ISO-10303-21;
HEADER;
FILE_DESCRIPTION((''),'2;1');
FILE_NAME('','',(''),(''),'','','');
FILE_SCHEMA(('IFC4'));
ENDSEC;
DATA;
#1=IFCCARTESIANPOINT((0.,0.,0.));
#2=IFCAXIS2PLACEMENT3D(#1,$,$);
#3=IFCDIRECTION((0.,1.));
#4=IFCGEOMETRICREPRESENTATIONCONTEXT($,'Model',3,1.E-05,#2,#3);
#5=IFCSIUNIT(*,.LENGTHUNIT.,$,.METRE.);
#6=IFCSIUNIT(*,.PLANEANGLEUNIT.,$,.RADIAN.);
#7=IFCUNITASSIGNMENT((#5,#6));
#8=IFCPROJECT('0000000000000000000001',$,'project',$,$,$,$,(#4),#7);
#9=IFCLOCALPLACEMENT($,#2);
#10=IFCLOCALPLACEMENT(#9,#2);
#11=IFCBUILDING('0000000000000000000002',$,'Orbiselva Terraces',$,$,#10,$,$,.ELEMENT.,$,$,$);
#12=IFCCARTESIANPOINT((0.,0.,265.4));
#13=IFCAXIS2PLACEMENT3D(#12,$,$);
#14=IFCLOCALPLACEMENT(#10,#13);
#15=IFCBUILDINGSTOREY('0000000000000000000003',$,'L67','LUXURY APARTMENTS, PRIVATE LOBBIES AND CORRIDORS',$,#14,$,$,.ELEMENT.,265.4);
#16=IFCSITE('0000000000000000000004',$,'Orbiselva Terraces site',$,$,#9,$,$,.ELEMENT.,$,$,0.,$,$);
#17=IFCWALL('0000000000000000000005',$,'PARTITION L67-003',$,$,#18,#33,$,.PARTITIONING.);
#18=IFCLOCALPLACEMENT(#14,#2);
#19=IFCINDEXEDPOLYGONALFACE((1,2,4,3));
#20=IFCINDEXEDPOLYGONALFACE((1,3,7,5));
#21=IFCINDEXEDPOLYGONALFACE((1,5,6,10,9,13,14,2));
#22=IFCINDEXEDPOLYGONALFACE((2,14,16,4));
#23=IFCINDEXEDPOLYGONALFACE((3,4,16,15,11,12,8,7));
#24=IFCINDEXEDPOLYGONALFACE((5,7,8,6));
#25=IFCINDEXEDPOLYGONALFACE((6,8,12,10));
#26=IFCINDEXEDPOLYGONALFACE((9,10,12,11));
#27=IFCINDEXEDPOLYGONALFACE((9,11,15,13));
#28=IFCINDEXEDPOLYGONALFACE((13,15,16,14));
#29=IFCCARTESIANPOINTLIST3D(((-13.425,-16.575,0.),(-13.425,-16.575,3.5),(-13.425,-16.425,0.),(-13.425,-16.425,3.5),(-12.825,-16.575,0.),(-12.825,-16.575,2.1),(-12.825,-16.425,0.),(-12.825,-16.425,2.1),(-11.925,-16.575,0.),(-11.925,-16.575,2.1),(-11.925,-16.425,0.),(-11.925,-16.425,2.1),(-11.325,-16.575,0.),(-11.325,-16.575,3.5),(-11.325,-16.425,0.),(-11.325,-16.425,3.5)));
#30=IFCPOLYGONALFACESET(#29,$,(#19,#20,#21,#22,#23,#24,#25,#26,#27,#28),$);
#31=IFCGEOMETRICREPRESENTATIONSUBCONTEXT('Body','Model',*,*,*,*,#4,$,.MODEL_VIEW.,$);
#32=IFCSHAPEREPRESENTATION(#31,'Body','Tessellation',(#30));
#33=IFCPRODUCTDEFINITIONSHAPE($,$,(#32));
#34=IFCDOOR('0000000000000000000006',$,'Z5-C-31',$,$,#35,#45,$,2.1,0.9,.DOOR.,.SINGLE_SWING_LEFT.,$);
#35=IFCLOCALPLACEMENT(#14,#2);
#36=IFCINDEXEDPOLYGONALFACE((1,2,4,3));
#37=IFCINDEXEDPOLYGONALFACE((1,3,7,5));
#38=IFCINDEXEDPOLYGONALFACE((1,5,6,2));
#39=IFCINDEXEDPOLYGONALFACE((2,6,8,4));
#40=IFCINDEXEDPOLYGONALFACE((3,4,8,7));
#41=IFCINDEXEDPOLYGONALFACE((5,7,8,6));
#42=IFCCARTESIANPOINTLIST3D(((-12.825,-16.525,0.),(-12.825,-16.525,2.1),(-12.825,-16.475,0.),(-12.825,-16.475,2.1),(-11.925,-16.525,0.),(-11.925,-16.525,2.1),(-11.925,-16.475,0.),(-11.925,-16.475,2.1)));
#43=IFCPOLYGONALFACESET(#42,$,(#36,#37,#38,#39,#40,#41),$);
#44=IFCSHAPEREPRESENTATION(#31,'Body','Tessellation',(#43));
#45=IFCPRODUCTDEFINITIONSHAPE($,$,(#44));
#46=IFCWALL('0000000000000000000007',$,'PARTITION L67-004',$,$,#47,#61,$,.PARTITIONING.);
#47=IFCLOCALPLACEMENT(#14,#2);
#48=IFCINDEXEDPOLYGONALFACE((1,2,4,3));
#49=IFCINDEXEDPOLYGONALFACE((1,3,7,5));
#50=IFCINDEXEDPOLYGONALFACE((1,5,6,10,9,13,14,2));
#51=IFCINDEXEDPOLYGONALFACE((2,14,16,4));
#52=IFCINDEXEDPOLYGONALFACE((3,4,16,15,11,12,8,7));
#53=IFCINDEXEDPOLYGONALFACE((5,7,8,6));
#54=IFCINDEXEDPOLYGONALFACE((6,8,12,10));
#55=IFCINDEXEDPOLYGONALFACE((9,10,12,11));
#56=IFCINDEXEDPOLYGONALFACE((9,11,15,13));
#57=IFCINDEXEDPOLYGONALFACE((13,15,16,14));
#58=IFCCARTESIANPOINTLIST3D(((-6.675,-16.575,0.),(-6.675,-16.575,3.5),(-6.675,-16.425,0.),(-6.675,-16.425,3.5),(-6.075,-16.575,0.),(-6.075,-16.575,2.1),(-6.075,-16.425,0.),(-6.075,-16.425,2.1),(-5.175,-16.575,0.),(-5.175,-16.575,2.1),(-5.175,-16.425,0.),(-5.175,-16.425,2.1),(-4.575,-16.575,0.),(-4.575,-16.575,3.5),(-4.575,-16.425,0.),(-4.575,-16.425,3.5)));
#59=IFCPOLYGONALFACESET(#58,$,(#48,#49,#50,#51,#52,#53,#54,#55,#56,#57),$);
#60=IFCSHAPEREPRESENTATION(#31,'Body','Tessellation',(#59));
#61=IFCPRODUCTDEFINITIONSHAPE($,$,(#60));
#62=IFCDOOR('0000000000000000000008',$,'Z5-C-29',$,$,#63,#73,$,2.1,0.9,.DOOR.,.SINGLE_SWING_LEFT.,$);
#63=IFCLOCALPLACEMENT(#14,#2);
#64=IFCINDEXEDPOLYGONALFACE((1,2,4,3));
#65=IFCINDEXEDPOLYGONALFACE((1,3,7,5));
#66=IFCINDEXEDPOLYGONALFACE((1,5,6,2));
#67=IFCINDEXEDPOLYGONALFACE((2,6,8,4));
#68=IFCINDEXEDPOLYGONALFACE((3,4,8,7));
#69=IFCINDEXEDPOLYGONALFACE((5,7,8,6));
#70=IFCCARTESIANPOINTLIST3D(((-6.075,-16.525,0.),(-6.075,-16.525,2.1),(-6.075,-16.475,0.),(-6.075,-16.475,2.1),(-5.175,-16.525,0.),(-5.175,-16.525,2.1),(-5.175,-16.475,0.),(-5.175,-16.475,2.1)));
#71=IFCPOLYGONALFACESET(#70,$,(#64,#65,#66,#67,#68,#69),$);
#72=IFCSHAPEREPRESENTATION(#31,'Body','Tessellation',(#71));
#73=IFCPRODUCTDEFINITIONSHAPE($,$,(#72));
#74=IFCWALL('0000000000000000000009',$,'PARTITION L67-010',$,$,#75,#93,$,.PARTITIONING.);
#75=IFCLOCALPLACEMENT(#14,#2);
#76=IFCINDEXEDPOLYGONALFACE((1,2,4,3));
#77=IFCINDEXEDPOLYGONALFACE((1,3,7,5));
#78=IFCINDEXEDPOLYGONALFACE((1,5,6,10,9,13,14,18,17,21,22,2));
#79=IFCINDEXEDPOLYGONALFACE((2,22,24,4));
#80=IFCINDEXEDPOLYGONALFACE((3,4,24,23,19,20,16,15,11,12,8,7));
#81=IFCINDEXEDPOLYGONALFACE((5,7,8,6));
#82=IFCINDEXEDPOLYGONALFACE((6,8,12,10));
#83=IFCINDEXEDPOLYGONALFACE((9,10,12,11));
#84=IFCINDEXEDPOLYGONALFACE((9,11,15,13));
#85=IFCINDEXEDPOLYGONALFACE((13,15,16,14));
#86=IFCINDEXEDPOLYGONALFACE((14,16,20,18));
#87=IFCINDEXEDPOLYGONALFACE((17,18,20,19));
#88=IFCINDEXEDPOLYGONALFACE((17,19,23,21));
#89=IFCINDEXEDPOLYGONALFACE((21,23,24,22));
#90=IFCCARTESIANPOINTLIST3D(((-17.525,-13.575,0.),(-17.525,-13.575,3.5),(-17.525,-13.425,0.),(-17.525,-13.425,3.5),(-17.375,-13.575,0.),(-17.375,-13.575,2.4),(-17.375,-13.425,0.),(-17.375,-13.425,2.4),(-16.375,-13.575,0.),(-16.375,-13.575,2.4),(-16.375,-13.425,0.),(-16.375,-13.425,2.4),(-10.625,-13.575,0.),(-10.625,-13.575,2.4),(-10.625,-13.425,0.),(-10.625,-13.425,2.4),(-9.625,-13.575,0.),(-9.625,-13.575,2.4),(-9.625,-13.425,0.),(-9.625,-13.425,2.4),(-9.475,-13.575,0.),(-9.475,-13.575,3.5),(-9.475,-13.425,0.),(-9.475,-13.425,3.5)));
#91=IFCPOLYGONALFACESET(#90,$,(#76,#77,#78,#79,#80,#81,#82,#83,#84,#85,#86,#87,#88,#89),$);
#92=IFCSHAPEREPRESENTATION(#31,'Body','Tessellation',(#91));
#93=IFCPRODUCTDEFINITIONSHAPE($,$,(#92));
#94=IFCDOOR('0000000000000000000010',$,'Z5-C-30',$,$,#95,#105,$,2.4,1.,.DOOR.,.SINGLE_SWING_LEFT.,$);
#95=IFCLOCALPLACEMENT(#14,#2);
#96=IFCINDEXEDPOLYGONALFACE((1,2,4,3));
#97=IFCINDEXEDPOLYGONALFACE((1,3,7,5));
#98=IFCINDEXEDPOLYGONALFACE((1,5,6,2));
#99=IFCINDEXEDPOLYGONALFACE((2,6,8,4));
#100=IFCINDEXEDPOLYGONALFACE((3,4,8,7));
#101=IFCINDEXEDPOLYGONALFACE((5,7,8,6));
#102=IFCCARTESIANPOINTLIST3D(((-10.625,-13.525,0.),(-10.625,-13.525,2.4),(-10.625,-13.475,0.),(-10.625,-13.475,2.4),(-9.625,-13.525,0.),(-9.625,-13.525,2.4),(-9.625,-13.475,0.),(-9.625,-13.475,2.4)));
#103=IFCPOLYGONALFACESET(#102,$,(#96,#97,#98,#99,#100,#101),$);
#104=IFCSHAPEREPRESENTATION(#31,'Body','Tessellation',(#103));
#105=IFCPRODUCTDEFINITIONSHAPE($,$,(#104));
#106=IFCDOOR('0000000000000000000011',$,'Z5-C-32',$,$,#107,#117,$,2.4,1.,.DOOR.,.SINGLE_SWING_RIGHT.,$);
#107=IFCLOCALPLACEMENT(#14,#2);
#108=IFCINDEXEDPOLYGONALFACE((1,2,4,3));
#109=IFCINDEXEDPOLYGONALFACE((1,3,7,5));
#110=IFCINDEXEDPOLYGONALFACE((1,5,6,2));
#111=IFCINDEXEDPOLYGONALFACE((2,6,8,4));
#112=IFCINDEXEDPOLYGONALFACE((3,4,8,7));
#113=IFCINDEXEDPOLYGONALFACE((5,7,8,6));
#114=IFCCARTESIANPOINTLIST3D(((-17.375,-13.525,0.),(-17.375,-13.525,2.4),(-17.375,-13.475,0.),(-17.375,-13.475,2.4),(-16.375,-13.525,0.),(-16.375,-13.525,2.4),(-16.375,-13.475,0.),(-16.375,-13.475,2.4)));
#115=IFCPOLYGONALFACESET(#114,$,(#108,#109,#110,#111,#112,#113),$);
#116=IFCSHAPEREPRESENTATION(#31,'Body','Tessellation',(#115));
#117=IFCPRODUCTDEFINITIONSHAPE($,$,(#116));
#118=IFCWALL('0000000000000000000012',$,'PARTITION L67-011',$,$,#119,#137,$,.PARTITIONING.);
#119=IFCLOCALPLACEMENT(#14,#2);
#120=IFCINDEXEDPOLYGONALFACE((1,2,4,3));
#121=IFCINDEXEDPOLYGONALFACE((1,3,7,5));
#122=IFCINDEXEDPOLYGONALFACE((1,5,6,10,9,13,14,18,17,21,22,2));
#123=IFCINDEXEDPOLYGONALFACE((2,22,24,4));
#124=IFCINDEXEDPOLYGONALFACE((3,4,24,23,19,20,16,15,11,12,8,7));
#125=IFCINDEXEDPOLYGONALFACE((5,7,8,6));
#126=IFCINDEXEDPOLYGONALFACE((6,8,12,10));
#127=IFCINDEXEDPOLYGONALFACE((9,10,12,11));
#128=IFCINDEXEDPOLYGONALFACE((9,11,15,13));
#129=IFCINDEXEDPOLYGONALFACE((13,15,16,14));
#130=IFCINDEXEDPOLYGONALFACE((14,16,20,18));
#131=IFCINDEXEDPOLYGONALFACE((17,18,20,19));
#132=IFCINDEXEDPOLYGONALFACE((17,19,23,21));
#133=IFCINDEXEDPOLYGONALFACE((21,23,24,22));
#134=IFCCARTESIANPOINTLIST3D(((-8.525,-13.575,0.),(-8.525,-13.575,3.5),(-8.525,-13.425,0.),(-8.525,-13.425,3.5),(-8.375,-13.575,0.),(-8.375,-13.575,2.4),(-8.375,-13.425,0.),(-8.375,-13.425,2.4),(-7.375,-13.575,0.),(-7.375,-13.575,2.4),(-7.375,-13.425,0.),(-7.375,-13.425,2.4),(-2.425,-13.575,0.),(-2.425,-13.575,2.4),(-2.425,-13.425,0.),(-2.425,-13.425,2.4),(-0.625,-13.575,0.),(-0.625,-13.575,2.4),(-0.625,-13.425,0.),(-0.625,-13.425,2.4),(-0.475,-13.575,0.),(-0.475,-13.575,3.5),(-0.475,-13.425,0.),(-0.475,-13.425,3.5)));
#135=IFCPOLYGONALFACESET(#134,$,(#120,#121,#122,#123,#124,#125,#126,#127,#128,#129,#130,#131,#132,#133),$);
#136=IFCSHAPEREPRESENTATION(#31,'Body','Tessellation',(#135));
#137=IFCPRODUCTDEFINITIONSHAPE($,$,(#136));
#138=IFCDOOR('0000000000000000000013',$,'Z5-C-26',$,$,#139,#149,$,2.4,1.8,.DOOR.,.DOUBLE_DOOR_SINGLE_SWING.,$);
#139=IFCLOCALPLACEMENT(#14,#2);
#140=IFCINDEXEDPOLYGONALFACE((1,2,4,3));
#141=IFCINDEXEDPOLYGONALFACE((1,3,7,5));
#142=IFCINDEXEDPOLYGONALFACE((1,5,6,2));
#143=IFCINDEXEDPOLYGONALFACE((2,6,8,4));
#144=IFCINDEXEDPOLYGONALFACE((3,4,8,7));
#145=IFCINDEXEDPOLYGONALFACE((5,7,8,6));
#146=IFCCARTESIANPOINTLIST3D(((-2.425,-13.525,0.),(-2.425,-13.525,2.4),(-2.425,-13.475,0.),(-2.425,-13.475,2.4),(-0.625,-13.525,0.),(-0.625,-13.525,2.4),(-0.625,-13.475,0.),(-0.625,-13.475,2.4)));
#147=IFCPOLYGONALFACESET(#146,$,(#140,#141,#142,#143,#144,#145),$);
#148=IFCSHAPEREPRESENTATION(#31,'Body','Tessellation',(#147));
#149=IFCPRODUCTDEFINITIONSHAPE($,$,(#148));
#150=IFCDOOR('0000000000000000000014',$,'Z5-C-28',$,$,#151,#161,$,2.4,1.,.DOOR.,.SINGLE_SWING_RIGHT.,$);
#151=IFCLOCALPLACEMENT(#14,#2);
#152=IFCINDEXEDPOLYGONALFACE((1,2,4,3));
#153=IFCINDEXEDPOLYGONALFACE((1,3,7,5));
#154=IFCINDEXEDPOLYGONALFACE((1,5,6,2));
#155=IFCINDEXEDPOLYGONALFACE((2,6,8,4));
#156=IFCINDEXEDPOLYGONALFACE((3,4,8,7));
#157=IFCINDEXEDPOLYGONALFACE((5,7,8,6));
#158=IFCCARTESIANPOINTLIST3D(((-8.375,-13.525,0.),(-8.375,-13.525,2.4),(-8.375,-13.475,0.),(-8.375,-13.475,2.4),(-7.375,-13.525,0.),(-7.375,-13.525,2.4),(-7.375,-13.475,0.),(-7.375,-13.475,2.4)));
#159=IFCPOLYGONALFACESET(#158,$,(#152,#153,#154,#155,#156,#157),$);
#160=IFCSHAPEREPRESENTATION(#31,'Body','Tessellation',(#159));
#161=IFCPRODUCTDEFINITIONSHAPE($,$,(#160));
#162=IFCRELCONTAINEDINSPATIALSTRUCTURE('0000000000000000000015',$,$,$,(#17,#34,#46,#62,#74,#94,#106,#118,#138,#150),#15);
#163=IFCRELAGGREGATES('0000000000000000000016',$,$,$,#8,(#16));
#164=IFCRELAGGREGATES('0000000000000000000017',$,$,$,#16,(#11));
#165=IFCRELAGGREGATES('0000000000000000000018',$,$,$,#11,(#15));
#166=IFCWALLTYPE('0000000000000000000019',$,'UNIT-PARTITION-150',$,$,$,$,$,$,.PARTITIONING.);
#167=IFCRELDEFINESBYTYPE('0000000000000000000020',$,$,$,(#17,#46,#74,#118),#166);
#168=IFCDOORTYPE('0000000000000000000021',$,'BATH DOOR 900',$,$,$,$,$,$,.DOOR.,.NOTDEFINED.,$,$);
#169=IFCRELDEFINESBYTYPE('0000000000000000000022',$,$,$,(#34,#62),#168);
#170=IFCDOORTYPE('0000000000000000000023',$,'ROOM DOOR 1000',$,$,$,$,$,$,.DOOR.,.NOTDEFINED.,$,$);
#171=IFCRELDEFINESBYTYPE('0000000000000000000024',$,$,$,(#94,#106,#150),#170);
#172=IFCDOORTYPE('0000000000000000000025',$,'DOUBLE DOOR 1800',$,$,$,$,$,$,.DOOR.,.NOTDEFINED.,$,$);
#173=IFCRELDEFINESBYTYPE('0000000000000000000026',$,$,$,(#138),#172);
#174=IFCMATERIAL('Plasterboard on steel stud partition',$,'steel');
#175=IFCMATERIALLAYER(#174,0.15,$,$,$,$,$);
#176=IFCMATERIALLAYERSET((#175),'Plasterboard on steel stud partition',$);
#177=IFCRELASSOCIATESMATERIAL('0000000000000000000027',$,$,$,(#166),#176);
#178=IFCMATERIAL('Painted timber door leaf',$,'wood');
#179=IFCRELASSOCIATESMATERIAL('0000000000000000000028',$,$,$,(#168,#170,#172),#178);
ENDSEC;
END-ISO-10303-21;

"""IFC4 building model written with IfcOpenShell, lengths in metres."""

from ifc_helpers import new_model, si_unit, direction, frame, frame_2d, origin, place, context, subcontext, project, spatial, rectangle, extrude, material, layer, layer_set, type_object, element, fill, save


model = new_model("IFC4")

# Units and contexts
model_context = context("Model", 3, precision=1e-05, world=origin(), true_north=direction((0.0, 1.0)))
body_context = subcontext(model_context, "Body", "Model", "MODEL_VIEW")
ifc_project = project(units=[si_unit("LENGTHUNIT", "METRE"), si_unit("PLANEANGLEUNIT", "RADIAN")], contexts=[model_context])

# Site, building, storey
site_placement = place(None, origin())
site = spatial("IfcSite", under=ifc_project, at=site_placement, Name="Orbiselva Terraces site", CompositionType="ELEMENT", RefElevation=0.0)
building_placement = place(site_placement, origin())
building = spatial("IfcBuilding", under=site, at=building_placement, Name="Orbiselva Terraces", CompositionType="ELEMENT")
storey_placement = place(building_placement, frame((0.0, 0.0, 265.4)))
storey = spatial("IfcBuildingStorey", under=building, at=storey_placement, Name="L67", Description="LUXURY APARTMENTS, PRIVATE LOBBIES AND CORRIDORS", CompositionType="ELEMENT", Elevation=265.4)

# Walls, openings, doors
ifc_material_1 = material(Name="Plasterboard on steel stud partition", Category="steel")
ifc_layer_1 = layer(ifc_material_1, 0.15)
ifc_layer_set_1 = layer_set([ifc_layer_1], Name="Plasterboard on steel stud partition")
wall_type_1 = type_object("IfcWallType", Name="UNIT-PARTITION-150", PredefinedType="PARTITIONING", material=ifc_layer_set_1)
wall_1_placement = place(storey_placement, frame((-13.425, -16.5, 0.0), z_axis=(0.0, 0.0, 1.0), x_axis=(1.0, 0.0, 0.0)))
wall_1 = element("IfcWall", 1, at=wall_1_placement, inside=storey, type_object=wall_type_1, Name="PARTITION L67-003", PredefinedType="PARTITIONING", context=body_context, shape_type="SweptSolid", body=[
    extrude(rectangle(XDim=2.1, YDim=0.15, at=frame_2d((1.05, 0.0))), origin(), (0.0, 0.0, 1.0), 3.5),
])
opening_1_placement = place(wall_1_placement, frame((0.6, 0.0, 0.0)))
opening_1 = element("IfcOpeningElement", 2, at=opening_1_placement, cuts=wall_1, PredefinedType="OPENING", context=body_context, shape_type="SweptSolid", body=[
    extrude(rectangle(XDim=0.9, YDim=2.1, at=frame_2d((0.45, 1.05))), frame((0.0, 0.085, 0.0), z_axis=(0.0, -1.0, 0.0), x_axis=(1.0, 0.0, 0.0)), (0.0, 0.0, 1.0), 0.17),
])
ifc_material_2 = material(Name="Painted timber door leaf", Category="wood")
door_type_1 = type_object("IfcDoorType", Name="BATH DOOR 900", OperationType="NOTDEFINED", PredefinedType="DOOR", material=ifc_material_2)
door_1_placement = place(opening_1_placement, origin())
door_1 = element("IfcDoor", 3, at=door_1_placement, inside=storey, type_object=door_type_1, Name="Z5-C-31", OperationType="SINGLE_SWING_LEFT", OverallHeight=2.1, OverallWidth=0.9, PredefinedType="DOOR", context=body_context, shape_type="SweptSolid", body=[
    extrude(rectangle(XDim=0.9, YDim=2.1, at=frame_2d((0.45, 1.05))), frame((0.0, 0.025, 0.0), z_axis=(0.0, -1.0, 0.0), x_axis=(1.0, 0.0, 0.0)), (0.0, 0.0, 1.0), 0.05),
])
fill(opening_1, door_1)
wall_2_placement = place(storey_placement, frame((-6.675, -16.5, 0.0), z_axis=(0.0, 0.0, 1.0), x_axis=(1.0, 0.0, 0.0)))
wall_2 = element("IfcWall", 4, at=wall_2_placement, inside=storey, type_object=wall_type_1, Name="PARTITION L67-004", PredefinedType="PARTITIONING", context=body_context, shape_type="SweptSolid", body=[
    extrude(rectangle(XDim=2.1, YDim=0.15, at=frame_2d((1.05, 0.0))), origin(), (0.0, 0.0, 1.0), 3.5),
])
opening_2_placement = place(wall_2_placement, frame((0.6, 0.0, 0.0)))
opening_2 = element("IfcOpeningElement", 5, at=opening_2_placement, cuts=wall_2, PredefinedType="OPENING", context=body_context, shape_type="SweptSolid", body=[
    extrude(rectangle(XDim=0.9, YDim=2.1, at=frame_2d((0.45, 1.05))), frame((0.0, 0.085, 0.0), z_axis=(0.0, -1.0, 0.0), x_axis=(1.0, 0.0, 0.0)), (0.0, 0.0, 1.0), 0.17),
])
door_2_placement = place(opening_2_placement, origin())
door_2 = element("IfcDoor", 6, at=door_2_placement, inside=storey, type_object=door_type_1, Name="Z5-C-29", OperationType="SINGLE_SWING_LEFT", OverallHeight=2.1, OverallWidth=0.9, PredefinedType="DOOR", context=body_context, shape_type="SweptSolid", body=[
    extrude(rectangle(XDim=0.9, YDim=2.1, at=frame_2d((0.45, 1.05))), frame((0.0, 0.025, 0.0), z_axis=(0.0, -1.0, 0.0), x_axis=(1.0, 0.0, 0.0)), (0.0, 0.0, 1.0), 0.05),
])
fill(opening_2, door_2)

# Walls, openings, doors
wall_3_placement = place(storey_placement, frame((-9.475, -13.5, 0.0), z_axis=(0.0, 0.0, 1.0), x_axis=(-1.0, 0.0, 0.0)))
wall_3 = element("IfcWall", 7, at=wall_3_placement, inside=storey, type_object=wall_type_1, Name="PARTITION L67-010", PredefinedType="PARTITIONING", context=body_context, shape_type="SweptSolid", body=[
    extrude(rectangle(XDim=8.05, YDim=0.15, at=frame_2d((4.025, 0.0))), origin(), (0.0, 0.0, 1.0), 3.5),
])
opening_3_placement = place(wall_3_placement, frame((0.15, 0.0, 0.0)))
opening_3 = element("IfcOpeningElement", 8, at=opening_3_placement, cuts=wall_3, PredefinedType="OPENING", context=body_context, shape_type="SweptSolid", body=[
    extrude(rectangle(XDim=1.0, YDim=2.4, at=frame_2d((0.5, 1.2))), frame((0.0, 0.085, 0.0), z_axis=(0.0, -1.0, 0.0), x_axis=(1.0, 0.0, 0.0)), (0.0, 0.0, 1.0), 0.17),
])
opening_4_placement = place(wall_3_placement, frame((6.9, 0.0, 0.0)))
opening_4 = element("IfcOpeningElement", 9, at=opening_4_placement, cuts=wall_3, PredefinedType="OPENING", context=body_context, shape_type="SweptSolid", body=[
    extrude(rectangle(XDim=1.0, YDim=2.4, at=frame_2d((0.5, 1.2))), frame((0.0, 0.085, 0.0), z_axis=(0.0, -1.0, 0.0), x_axis=(1.0, 0.0, 0.0)), (0.0, 0.0, 1.0), 0.17),
])
door_type_2 = type_object("IfcDoorType", Name="ROOM DOOR 1000", OperationType="NOTDEFINED", PredefinedType="DOOR", material=ifc_material_2)
door_3_placement = place(opening_3_placement, origin())
door_3 = element("IfcDoor", 10, at=door_3_placement, inside=storey, type_object=door_type_2, Name="Z5-C-30", OperationType="SINGLE_SWING_LEFT", OverallHeight=2.4, OverallWidth=1.0, PredefinedType="DOOR", context=body_context, shape_type="SweptSolid", body=[
    extrude(rectangle(XDim=1.0, YDim=2.4, at=frame_2d((0.5, 1.2))), frame((0.0, 0.025, 0.0), z_axis=(0.0, -1.0, 0.0), x_axis=(1.0, 0.0, 0.0)), (0.0, 0.0, 1.0), 0.05),
])
fill(opening_3, door_3)
door_4_placement = place(opening_4_placement, origin())
door_4 = element("IfcDoor", 11, at=door_4_placement, inside=storey, type_object=door_type_2, Name="Z5-C-32", OperationType="SINGLE_SWING_RIGHT", OverallHeight=2.4, OverallWidth=1.0, PredefinedType="DOOR", context=body_context, shape_type="SweptSolid", body=[
    extrude(rectangle(XDim=1.0, YDim=2.4, at=frame_2d((0.5, 1.2))), frame((0.0, 0.025, 0.0), z_axis=(0.0, -1.0, 0.0), x_axis=(1.0, 0.0, 0.0)), (0.0, 0.0, 1.0), 0.05),
])
fill(opening_4, door_4)
wall_4_placement = place(storey_placement, frame((-0.475, -13.5, 0.0), z_axis=(0.0, 0.0, 1.0), x_axis=(-1.0, 0.0, 0.0)))
wall_4 = element("IfcWall", 12, at=wall_4_placement, inside=storey, type_object=wall_type_1, Name="PARTITION L67-011", PredefinedType="PARTITIONING", context=body_context, shape_type="SweptSolid", body=[
    extrude(rectangle(XDim=8.05, YDim=0.15, at=frame_2d((4.025, 0.0))), origin(), (0.0, 0.0, 1.0), 3.5),
])
opening_5_placement = place(wall_4_placement, frame((0.15, 0.0, 0.0)))
opening_5 = element("IfcOpeningElement", 13, at=opening_5_placement, cuts=wall_4, PredefinedType="OPENING", context=body_context, shape_type="SweptSolid", body=[
    extrude(rectangle(XDim=1.8, YDim=2.4, at=frame_2d((0.9, 1.2))), frame((0.0, 0.085, 0.0), z_axis=(0.0, -1.0, 0.0), x_axis=(1.0, 0.0, 0.0)), (0.0, 0.0, 1.0), 0.17),
])
opening_6_placement = place(wall_4_placement, frame((6.9, 0.0, 0.0)))
opening_6 = element("IfcOpeningElement", 14, at=opening_6_placement, cuts=wall_4, PredefinedType="OPENING", context=body_context, shape_type="SweptSolid", body=[
    extrude(rectangle(XDim=1.0, YDim=2.4, at=frame_2d((0.5, 1.2))), frame((0.0, 0.085, 0.0), z_axis=(0.0, -1.0, 0.0), x_axis=(1.0, 0.0, 0.0)), (0.0, 0.0, 1.0), 0.17),
])
door_type_3 = type_object("IfcDoorType", Name="DOUBLE DOOR 1800", OperationType="NOTDEFINED", PredefinedType="DOOR", material=ifc_material_2)
door_5_placement = place(opening_5_placement, origin())
door_5 = element("IfcDoor", 15, at=door_5_placement, inside=storey, type_object=door_type_3, Name="Z5-C-26", OperationType="DOUBLE_DOOR_SINGLE_SWING", OverallHeight=2.4, OverallWidth=1.8, PredefinedType="DOOR", context=body_context, shape_type="SweptSolid", body=[
    extrude(rectangle(XDim=1.8, YDim=2.4, at=frame_2d((0.9, 1.2))), frame((0.0, 0.025, 0.0), z_axis=(0.0, -1.0, 0.0), x_axis=(1.0, 0.0, 0.0)), (0.0, 0.0, 1.0), 0.05),
])
fill(opening_5, door_5)
door_6_placement = place(opening_6_placement, origin())
door_6 = element("IfcDoor", 16, at=door_6_placement, inside=storey, type_object=door_type_2, Name="Z5-C-28", OperationType="SINGLE_SWING_RIGHT", OverallHeight=2.4, OverallWidth=1.0, PredefinedType="DOOR", context=body_context, shape_type="SweptSolid", body=[
    extrude(rectangle(XDim=1.0, YDim=2.4, at=frame_2d((0.5, 1.2))), frame((0.0, 0.025, 0.0), z_axis=(0.0, -1.0, 0.0), x_axis=(1.0, 0.0, 0.0)), (0.0, 0.0, 1.0), 0.05),
])
fill(opening_6, door_6)

save(model, "model.ifc")
